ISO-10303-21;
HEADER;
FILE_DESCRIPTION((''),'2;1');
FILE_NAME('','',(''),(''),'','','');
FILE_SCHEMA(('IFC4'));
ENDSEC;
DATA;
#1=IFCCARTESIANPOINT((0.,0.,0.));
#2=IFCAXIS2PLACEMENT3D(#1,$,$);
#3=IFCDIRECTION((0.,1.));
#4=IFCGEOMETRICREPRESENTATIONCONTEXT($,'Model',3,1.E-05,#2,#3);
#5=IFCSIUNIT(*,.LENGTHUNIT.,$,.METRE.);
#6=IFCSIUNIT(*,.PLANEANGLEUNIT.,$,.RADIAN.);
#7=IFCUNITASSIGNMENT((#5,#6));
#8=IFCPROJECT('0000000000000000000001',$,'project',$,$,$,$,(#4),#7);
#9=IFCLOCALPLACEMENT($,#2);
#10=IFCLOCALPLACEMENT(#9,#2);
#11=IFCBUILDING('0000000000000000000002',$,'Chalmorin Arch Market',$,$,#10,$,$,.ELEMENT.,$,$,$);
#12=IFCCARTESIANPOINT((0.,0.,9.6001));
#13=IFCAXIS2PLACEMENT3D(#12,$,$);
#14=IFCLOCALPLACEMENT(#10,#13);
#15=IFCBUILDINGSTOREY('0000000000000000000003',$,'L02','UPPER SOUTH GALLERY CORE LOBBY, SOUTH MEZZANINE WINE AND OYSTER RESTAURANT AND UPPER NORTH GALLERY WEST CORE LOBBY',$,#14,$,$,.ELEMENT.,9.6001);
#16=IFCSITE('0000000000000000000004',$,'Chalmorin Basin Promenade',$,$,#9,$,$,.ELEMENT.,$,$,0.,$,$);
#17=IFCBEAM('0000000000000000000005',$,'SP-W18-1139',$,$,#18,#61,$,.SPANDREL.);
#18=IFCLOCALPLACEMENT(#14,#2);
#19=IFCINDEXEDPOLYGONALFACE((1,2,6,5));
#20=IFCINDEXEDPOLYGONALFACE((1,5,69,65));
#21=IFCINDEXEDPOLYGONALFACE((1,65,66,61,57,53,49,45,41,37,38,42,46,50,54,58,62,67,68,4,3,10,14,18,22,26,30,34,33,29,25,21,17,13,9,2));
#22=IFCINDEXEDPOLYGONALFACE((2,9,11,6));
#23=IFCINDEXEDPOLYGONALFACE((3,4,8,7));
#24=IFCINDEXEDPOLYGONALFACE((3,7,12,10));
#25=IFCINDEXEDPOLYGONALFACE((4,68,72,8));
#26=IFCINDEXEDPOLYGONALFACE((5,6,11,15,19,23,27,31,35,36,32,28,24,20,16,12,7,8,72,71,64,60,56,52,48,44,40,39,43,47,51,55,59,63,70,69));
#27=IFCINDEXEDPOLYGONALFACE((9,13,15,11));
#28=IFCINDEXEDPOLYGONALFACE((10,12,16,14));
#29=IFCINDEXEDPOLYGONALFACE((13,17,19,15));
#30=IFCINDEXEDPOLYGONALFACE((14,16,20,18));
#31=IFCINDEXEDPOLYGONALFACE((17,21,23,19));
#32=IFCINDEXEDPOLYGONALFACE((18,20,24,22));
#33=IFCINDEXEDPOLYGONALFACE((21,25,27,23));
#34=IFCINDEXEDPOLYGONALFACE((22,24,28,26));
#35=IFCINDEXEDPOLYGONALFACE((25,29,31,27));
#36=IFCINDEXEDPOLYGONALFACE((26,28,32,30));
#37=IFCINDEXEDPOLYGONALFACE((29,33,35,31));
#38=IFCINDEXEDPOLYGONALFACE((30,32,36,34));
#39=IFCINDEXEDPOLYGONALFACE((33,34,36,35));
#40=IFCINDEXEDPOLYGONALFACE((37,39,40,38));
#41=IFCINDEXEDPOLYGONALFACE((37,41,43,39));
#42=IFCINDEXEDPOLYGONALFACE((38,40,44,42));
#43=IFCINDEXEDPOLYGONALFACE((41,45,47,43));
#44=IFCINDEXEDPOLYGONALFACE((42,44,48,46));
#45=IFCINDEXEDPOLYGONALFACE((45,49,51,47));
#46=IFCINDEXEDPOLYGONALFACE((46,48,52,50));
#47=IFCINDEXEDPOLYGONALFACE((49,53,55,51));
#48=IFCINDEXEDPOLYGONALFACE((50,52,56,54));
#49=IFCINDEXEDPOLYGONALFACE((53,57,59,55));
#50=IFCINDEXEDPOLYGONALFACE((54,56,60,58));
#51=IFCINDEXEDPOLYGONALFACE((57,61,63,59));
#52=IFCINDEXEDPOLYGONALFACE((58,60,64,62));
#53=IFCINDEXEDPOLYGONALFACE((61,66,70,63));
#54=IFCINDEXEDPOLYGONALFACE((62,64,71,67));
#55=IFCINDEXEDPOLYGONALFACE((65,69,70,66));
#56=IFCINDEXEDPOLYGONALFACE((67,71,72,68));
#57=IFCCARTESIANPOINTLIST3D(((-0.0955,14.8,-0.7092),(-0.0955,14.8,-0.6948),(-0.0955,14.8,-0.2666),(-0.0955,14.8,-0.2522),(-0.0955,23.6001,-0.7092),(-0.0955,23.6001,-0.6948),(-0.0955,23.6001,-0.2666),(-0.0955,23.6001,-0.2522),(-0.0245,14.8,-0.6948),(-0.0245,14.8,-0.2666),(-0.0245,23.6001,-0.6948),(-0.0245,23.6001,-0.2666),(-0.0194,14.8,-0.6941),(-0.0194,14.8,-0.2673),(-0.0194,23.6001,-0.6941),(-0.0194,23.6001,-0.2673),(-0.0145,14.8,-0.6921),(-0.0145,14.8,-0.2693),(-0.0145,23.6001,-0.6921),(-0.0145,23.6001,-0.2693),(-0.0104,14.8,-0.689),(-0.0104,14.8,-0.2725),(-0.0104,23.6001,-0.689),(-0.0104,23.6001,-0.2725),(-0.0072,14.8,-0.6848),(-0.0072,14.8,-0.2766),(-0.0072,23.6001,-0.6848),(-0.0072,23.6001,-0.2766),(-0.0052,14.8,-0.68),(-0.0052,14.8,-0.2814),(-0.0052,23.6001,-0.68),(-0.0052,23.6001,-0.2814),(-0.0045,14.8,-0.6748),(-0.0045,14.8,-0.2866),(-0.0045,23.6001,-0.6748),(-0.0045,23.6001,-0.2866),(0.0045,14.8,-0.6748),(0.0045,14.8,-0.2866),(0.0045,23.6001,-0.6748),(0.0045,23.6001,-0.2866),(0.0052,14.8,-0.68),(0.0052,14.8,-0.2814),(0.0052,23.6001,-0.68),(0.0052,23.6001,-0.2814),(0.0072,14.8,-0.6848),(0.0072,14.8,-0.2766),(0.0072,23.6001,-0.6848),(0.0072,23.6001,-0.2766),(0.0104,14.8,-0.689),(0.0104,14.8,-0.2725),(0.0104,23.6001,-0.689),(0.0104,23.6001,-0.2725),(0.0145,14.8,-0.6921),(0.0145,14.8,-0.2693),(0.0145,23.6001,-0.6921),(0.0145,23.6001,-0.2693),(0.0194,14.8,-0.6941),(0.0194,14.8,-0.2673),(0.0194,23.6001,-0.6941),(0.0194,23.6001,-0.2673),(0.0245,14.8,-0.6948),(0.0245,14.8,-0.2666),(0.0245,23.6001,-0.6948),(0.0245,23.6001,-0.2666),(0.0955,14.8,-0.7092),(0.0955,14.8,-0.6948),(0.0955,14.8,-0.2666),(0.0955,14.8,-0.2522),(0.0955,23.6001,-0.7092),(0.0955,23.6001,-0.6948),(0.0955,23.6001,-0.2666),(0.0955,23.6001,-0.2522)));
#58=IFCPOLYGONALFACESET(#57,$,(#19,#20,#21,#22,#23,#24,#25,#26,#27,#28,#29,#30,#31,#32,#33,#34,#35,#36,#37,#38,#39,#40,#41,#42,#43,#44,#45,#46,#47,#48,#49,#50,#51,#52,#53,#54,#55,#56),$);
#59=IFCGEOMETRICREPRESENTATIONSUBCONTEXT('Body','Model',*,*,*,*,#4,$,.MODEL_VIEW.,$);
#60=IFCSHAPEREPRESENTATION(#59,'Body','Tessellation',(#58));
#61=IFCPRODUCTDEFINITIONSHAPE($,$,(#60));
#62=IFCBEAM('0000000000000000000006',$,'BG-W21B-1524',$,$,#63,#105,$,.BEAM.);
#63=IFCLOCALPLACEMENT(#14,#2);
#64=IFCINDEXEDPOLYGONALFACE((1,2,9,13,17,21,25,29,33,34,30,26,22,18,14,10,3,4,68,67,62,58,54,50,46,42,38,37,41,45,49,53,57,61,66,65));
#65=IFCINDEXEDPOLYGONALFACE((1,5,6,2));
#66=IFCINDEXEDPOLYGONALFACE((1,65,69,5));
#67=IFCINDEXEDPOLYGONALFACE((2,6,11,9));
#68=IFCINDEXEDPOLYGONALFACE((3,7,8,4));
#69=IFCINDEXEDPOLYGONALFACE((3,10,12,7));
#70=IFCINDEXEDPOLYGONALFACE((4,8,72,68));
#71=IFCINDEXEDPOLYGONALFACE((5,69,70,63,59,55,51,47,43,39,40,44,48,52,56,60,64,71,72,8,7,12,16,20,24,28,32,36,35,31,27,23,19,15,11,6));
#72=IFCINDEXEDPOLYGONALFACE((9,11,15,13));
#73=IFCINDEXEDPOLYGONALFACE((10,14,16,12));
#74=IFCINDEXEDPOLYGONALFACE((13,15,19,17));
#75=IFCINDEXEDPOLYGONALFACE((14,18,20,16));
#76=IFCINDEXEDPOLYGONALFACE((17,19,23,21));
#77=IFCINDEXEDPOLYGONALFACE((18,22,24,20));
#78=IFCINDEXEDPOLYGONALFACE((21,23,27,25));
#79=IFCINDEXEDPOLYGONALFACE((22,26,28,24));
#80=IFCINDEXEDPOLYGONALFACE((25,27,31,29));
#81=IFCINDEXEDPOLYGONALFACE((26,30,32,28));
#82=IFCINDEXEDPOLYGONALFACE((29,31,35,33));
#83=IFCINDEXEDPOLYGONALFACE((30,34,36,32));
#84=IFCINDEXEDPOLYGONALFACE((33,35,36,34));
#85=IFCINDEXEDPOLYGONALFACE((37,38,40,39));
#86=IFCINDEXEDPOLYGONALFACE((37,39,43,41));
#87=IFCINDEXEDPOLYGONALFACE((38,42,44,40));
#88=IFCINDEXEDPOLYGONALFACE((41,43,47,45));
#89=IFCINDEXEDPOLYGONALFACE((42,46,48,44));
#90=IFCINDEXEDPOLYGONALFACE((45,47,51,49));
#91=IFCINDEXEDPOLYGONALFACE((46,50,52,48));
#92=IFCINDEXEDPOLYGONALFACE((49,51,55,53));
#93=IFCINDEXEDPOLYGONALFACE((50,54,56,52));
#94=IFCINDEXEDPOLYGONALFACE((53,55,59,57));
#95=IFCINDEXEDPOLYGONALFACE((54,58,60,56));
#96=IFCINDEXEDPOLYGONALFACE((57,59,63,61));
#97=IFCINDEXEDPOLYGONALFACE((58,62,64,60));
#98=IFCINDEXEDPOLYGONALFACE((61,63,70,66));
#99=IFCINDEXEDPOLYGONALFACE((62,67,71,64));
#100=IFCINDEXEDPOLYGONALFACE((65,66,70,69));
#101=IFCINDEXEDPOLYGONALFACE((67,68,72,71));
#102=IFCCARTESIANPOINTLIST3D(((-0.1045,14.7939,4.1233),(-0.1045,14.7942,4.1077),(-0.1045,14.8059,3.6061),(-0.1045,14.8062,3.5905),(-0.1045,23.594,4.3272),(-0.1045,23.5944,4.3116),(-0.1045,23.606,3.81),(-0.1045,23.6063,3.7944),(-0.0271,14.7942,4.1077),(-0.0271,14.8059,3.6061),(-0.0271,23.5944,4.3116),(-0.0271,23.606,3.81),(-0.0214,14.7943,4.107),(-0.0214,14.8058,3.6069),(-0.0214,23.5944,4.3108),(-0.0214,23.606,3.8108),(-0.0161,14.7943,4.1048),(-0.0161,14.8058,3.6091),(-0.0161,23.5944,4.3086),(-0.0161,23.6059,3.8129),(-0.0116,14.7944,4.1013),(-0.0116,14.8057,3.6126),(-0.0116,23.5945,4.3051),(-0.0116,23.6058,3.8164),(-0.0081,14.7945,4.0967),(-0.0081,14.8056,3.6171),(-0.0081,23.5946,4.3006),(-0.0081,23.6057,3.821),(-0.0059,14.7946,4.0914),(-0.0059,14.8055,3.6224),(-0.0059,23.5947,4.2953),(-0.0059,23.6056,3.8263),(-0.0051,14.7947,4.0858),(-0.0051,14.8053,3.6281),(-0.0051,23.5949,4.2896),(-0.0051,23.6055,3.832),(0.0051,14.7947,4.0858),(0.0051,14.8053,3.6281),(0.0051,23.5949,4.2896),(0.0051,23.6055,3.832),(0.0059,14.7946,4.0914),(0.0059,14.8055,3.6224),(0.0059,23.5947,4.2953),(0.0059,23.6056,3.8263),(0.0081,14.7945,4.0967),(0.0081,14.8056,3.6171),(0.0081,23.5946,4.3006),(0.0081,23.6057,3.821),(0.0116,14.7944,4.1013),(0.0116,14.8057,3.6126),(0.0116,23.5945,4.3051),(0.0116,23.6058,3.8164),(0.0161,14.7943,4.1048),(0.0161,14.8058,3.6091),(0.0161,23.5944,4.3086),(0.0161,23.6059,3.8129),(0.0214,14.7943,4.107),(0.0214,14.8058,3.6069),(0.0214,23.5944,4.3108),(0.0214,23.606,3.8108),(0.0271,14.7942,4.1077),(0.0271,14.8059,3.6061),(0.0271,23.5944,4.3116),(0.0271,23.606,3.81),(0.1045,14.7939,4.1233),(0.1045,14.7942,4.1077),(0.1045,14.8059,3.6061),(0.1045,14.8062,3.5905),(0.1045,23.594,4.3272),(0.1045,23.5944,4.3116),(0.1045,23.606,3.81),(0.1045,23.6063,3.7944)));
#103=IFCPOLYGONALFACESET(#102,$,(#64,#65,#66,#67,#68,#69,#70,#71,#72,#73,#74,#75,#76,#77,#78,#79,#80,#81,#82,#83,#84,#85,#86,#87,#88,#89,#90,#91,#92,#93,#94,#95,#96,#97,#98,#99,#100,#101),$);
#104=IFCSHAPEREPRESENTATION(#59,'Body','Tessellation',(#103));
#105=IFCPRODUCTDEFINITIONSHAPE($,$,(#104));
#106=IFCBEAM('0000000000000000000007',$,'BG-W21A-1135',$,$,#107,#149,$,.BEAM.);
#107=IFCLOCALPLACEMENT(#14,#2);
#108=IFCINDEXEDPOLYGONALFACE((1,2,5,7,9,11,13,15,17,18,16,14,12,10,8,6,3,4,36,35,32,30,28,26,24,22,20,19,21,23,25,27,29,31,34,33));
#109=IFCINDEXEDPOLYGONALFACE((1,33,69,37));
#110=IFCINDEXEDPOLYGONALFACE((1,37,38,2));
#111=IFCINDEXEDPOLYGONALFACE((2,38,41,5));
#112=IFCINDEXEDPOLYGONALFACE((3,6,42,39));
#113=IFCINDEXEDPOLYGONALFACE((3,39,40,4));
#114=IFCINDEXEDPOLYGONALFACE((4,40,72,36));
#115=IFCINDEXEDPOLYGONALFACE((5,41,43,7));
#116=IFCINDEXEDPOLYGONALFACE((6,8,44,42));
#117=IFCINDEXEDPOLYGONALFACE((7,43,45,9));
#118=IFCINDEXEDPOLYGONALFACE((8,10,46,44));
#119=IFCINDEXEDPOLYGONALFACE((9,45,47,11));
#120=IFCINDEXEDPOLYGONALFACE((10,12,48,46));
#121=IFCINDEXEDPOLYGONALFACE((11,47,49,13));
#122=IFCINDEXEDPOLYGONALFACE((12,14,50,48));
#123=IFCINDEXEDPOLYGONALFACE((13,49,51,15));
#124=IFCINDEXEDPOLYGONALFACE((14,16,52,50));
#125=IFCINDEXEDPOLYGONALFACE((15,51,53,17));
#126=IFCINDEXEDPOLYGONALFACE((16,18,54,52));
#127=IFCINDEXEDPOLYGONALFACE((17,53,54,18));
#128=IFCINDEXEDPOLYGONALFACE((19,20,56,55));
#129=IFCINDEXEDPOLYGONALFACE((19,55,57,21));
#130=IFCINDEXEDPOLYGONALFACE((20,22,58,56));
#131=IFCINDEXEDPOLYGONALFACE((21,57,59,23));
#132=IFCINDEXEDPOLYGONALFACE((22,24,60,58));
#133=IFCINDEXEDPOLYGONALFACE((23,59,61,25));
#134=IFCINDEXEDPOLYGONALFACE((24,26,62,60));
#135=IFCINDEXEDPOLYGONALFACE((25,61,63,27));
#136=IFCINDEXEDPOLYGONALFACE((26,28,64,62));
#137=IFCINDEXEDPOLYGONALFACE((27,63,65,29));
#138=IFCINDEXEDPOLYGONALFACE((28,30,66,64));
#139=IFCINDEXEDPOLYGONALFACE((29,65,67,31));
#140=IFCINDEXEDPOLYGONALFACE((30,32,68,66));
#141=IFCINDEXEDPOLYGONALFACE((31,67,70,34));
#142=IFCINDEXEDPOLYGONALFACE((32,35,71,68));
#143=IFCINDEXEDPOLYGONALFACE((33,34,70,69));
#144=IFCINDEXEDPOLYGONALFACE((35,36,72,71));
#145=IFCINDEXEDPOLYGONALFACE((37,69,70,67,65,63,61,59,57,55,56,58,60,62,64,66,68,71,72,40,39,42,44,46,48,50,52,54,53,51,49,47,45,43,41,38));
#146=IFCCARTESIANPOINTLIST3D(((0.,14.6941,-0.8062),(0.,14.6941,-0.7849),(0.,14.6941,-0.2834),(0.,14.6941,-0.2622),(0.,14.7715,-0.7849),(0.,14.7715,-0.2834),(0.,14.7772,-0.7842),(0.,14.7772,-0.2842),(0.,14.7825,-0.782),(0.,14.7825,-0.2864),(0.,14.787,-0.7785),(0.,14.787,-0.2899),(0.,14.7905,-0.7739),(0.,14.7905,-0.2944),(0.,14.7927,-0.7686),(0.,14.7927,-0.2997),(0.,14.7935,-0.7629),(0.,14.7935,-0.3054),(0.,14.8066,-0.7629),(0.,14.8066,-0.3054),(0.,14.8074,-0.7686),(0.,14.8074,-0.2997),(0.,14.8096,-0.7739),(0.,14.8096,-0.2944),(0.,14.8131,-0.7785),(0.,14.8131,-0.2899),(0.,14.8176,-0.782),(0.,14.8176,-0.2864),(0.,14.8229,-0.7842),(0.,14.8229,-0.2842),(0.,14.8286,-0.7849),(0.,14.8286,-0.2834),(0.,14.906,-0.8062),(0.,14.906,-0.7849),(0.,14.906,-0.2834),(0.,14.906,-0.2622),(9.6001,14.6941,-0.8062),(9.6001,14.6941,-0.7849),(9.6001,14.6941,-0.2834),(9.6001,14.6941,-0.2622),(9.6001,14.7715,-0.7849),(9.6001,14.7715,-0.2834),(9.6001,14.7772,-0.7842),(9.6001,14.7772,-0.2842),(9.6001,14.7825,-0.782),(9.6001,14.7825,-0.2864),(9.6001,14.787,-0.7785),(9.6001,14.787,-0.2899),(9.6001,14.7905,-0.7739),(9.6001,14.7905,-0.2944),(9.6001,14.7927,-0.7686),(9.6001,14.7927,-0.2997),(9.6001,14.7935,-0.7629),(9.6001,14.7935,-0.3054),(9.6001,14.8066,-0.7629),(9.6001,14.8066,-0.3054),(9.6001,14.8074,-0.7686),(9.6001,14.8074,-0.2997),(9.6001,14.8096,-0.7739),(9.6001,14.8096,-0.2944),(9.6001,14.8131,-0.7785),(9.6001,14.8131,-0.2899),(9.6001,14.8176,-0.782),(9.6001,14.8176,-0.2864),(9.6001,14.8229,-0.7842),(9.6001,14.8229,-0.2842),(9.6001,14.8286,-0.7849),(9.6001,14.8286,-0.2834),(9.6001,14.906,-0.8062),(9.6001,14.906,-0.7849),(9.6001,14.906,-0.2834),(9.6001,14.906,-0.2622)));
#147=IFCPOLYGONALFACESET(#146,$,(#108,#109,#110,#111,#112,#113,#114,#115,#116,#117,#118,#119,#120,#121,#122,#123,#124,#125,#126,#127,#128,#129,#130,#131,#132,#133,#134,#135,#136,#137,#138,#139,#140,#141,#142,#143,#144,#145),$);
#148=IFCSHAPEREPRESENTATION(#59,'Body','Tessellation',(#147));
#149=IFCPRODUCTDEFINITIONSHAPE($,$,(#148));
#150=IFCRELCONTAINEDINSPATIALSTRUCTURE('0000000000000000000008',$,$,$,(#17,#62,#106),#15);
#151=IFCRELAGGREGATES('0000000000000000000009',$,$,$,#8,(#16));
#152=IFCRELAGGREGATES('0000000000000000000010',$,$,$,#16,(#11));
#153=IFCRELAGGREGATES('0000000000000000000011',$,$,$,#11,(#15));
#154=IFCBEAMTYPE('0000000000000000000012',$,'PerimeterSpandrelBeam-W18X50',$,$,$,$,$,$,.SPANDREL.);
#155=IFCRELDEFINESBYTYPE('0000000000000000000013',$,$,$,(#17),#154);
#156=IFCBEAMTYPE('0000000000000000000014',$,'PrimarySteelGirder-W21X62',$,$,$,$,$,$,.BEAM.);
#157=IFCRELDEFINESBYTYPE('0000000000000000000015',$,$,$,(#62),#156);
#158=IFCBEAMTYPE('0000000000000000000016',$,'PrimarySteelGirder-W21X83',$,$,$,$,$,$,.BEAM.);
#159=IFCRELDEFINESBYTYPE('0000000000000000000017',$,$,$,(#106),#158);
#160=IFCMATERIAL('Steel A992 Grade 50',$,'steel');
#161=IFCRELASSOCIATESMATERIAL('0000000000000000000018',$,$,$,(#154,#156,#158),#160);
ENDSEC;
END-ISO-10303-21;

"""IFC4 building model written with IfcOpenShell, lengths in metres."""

from ifc_helpers import new_model, si_unit, direction, frame, origin, origin_2d, place, context, subcontext, project, spatial, i_section, extrude, material, material_profile, profile_set, type_object, element, save


model = new_model("IFC4")

# Units and contexts
model_context = context("Model", 3, precision=1e-05, world=origin(), true_north=direction((0.0, 1.0)))
body_context = subcontext(model_context, "Body", "Model", "MODEL_VIEW")
ifc_project = project(units=[si_unit("LENGTHUNIT", "METRE"), si_unit("PLANEANGLEUNIT", "RADIAN")], contexts=[model_context])

# Site, building, storey
site_placement = place(None, origin())
site = spatial("IfcSite", under=ifc_project, at=site_placement, Name="Chalmorin Basin Promenade", CompositionType="ELEMENT", RefElevation=0.0)
building_placement = place(site_placement, origin())
building = spatial("IfcBuilding", under=site, at=building_placement, Name="Chalmorin Arch Market", CompositionType="ELEMENT")
storey_placement = place(building_placement, frame((0.0, 0.0, 9.6001)))
storey = spatial("IfcBuildingStorey", under=building, at=storey_placement, Name="L02", Description="UPPER SOUTH GALLERY CORE LOBBY, SOUTH MEZZANINE WINE AND OYSTER RESTAURANT AND UPPER NORTH GALLERY WEST CORE LOBBY", CompositionType="ELEMENT", Elevation=9.6001)

# Beams
ifc_material_1 = material(Name="Steel A992 Grade 50", Category="steel")
ifc_material_profile_1 = material_profile(ifc_material_1, i_section(OverallWidth=0.1909, OverallDepth=0.457, WebThickness=0.009, FlangeThickness=0.0144, FilletRadius=0.02, at=origin_2d()), Name="W18X50")
ifc_profile_set_1 = profile_set([ifc_material_profile_1], Name="Steel A992 Grade 50")
beam_type_1 = type_object("IfcBeamType", Name="PerimeterSpandrelBeam-W18X50", PredefinedType="SPANDREL", material=ifc_profile_set_1)
beam_1_placement = place(storey_placement, frame((0.0, 14.8, -0.4807), z_axis=(0.0, 1.0, 0.0), x_axis=(-1.0, 0.0, 0.0)))
element("IfcBeam", 1, at=beam_1_placement, inside=storey, type_object=beam_type_1, Name="SP-W18-1139", PredefinedType="SPANDREL", context=body_context, shape_type="SweptSolid", body=[
    extrude(i_section(OverallWidth=0.1909, OverallDepth=0.457, WebThickness=0.009, FlangeThickness=0.0144, FilletRadius=0.02, at=origin_2d()), origin(), (0.0, 0.0, 1.0), 8.8),
])
ifc_material_profile_2 = material_profile(ifc_material_1, i_section(OverallWidth=0.209, OverallDepth=0.533, WebThickness=0.0103, FlangeThickness=0.0156, FilletRadius=0.022, at=origin_2d()), Name="W21X62")
ifc_profile_set_2 = profile_set([ifc_material_profile_2], Name="Steel A992 Grade 50")
beam_type_2 = type_object("IfcBeamType", Name="PrimarySteelGirder-W21X62", PredefinedType="BEAM", material=ifc_profile_set_2)
beam_2_placement = place(storey_placement, frame((0.0, 14.8, 3.8569), z_axis=(0.0, 0.999732, 0.023159), x_axis=(-1.0, 0.0, 0.0)))
element("IfcBeam", 2, at=beam_2_placement, inside=storey, type_object=beam_type_2, Name="BG-W21B-1524", PredefinedType="BEAM", context=body_context, shape_type="SweptSolid", body=[
    extrude(i_section(OverallWidth=0.209, OverallDepth=0.533, WebThickness=0.0103, FlangeThickness=0.0156, FilletRadius=0.022, at=origin_2d()), origin(), (0.0, 0.0, 1.0), 8.8025),
])
ifc_material_profile_3 = material_profile(ifc_material_1, i_section(OverallWidth=0.2119, OverallDepth=0.5439, WebThickness=0.0132, FlangeThickness=0.0212, FilletRadius=0.022, at=origin_2d()), Name="W21X83")
ifc_profile_set_3 = profile_set([ifc_material_profile_3], Name="Steel A992 Grade 50")
beam_type_3 = type_object("IfcBeamType", Name="PrimarySteelGirder-W21X83", PredefinedType="BEAM", material=ifc_profile_set_3)
beam_3_placement = place(storey_placement, frame((0.0, 14.8, -0.5342), z_axis=(1.0, 0.0, 0.0), x_axis=(0.0, 1.0, 0.0)))
element("IfcBeam", 3, at=beam_3_placement, inside=storey, type_object=beam_type_3, Name="BG-W21A-1135", PredefinedType="BEAM", context=body_context, shape_type="SweptSolid", body=[
    extrude(i_section(OverallWidth=0.2119, OverallDepth=0.5439, WebThickness=0.0132, FlangeThickness=0.0212, FilletRadius=0.022, at=origin_2d()), origin(), (0.0, 0.0, 1.0), 9.6001),
])

save(model, "model.ifc")
